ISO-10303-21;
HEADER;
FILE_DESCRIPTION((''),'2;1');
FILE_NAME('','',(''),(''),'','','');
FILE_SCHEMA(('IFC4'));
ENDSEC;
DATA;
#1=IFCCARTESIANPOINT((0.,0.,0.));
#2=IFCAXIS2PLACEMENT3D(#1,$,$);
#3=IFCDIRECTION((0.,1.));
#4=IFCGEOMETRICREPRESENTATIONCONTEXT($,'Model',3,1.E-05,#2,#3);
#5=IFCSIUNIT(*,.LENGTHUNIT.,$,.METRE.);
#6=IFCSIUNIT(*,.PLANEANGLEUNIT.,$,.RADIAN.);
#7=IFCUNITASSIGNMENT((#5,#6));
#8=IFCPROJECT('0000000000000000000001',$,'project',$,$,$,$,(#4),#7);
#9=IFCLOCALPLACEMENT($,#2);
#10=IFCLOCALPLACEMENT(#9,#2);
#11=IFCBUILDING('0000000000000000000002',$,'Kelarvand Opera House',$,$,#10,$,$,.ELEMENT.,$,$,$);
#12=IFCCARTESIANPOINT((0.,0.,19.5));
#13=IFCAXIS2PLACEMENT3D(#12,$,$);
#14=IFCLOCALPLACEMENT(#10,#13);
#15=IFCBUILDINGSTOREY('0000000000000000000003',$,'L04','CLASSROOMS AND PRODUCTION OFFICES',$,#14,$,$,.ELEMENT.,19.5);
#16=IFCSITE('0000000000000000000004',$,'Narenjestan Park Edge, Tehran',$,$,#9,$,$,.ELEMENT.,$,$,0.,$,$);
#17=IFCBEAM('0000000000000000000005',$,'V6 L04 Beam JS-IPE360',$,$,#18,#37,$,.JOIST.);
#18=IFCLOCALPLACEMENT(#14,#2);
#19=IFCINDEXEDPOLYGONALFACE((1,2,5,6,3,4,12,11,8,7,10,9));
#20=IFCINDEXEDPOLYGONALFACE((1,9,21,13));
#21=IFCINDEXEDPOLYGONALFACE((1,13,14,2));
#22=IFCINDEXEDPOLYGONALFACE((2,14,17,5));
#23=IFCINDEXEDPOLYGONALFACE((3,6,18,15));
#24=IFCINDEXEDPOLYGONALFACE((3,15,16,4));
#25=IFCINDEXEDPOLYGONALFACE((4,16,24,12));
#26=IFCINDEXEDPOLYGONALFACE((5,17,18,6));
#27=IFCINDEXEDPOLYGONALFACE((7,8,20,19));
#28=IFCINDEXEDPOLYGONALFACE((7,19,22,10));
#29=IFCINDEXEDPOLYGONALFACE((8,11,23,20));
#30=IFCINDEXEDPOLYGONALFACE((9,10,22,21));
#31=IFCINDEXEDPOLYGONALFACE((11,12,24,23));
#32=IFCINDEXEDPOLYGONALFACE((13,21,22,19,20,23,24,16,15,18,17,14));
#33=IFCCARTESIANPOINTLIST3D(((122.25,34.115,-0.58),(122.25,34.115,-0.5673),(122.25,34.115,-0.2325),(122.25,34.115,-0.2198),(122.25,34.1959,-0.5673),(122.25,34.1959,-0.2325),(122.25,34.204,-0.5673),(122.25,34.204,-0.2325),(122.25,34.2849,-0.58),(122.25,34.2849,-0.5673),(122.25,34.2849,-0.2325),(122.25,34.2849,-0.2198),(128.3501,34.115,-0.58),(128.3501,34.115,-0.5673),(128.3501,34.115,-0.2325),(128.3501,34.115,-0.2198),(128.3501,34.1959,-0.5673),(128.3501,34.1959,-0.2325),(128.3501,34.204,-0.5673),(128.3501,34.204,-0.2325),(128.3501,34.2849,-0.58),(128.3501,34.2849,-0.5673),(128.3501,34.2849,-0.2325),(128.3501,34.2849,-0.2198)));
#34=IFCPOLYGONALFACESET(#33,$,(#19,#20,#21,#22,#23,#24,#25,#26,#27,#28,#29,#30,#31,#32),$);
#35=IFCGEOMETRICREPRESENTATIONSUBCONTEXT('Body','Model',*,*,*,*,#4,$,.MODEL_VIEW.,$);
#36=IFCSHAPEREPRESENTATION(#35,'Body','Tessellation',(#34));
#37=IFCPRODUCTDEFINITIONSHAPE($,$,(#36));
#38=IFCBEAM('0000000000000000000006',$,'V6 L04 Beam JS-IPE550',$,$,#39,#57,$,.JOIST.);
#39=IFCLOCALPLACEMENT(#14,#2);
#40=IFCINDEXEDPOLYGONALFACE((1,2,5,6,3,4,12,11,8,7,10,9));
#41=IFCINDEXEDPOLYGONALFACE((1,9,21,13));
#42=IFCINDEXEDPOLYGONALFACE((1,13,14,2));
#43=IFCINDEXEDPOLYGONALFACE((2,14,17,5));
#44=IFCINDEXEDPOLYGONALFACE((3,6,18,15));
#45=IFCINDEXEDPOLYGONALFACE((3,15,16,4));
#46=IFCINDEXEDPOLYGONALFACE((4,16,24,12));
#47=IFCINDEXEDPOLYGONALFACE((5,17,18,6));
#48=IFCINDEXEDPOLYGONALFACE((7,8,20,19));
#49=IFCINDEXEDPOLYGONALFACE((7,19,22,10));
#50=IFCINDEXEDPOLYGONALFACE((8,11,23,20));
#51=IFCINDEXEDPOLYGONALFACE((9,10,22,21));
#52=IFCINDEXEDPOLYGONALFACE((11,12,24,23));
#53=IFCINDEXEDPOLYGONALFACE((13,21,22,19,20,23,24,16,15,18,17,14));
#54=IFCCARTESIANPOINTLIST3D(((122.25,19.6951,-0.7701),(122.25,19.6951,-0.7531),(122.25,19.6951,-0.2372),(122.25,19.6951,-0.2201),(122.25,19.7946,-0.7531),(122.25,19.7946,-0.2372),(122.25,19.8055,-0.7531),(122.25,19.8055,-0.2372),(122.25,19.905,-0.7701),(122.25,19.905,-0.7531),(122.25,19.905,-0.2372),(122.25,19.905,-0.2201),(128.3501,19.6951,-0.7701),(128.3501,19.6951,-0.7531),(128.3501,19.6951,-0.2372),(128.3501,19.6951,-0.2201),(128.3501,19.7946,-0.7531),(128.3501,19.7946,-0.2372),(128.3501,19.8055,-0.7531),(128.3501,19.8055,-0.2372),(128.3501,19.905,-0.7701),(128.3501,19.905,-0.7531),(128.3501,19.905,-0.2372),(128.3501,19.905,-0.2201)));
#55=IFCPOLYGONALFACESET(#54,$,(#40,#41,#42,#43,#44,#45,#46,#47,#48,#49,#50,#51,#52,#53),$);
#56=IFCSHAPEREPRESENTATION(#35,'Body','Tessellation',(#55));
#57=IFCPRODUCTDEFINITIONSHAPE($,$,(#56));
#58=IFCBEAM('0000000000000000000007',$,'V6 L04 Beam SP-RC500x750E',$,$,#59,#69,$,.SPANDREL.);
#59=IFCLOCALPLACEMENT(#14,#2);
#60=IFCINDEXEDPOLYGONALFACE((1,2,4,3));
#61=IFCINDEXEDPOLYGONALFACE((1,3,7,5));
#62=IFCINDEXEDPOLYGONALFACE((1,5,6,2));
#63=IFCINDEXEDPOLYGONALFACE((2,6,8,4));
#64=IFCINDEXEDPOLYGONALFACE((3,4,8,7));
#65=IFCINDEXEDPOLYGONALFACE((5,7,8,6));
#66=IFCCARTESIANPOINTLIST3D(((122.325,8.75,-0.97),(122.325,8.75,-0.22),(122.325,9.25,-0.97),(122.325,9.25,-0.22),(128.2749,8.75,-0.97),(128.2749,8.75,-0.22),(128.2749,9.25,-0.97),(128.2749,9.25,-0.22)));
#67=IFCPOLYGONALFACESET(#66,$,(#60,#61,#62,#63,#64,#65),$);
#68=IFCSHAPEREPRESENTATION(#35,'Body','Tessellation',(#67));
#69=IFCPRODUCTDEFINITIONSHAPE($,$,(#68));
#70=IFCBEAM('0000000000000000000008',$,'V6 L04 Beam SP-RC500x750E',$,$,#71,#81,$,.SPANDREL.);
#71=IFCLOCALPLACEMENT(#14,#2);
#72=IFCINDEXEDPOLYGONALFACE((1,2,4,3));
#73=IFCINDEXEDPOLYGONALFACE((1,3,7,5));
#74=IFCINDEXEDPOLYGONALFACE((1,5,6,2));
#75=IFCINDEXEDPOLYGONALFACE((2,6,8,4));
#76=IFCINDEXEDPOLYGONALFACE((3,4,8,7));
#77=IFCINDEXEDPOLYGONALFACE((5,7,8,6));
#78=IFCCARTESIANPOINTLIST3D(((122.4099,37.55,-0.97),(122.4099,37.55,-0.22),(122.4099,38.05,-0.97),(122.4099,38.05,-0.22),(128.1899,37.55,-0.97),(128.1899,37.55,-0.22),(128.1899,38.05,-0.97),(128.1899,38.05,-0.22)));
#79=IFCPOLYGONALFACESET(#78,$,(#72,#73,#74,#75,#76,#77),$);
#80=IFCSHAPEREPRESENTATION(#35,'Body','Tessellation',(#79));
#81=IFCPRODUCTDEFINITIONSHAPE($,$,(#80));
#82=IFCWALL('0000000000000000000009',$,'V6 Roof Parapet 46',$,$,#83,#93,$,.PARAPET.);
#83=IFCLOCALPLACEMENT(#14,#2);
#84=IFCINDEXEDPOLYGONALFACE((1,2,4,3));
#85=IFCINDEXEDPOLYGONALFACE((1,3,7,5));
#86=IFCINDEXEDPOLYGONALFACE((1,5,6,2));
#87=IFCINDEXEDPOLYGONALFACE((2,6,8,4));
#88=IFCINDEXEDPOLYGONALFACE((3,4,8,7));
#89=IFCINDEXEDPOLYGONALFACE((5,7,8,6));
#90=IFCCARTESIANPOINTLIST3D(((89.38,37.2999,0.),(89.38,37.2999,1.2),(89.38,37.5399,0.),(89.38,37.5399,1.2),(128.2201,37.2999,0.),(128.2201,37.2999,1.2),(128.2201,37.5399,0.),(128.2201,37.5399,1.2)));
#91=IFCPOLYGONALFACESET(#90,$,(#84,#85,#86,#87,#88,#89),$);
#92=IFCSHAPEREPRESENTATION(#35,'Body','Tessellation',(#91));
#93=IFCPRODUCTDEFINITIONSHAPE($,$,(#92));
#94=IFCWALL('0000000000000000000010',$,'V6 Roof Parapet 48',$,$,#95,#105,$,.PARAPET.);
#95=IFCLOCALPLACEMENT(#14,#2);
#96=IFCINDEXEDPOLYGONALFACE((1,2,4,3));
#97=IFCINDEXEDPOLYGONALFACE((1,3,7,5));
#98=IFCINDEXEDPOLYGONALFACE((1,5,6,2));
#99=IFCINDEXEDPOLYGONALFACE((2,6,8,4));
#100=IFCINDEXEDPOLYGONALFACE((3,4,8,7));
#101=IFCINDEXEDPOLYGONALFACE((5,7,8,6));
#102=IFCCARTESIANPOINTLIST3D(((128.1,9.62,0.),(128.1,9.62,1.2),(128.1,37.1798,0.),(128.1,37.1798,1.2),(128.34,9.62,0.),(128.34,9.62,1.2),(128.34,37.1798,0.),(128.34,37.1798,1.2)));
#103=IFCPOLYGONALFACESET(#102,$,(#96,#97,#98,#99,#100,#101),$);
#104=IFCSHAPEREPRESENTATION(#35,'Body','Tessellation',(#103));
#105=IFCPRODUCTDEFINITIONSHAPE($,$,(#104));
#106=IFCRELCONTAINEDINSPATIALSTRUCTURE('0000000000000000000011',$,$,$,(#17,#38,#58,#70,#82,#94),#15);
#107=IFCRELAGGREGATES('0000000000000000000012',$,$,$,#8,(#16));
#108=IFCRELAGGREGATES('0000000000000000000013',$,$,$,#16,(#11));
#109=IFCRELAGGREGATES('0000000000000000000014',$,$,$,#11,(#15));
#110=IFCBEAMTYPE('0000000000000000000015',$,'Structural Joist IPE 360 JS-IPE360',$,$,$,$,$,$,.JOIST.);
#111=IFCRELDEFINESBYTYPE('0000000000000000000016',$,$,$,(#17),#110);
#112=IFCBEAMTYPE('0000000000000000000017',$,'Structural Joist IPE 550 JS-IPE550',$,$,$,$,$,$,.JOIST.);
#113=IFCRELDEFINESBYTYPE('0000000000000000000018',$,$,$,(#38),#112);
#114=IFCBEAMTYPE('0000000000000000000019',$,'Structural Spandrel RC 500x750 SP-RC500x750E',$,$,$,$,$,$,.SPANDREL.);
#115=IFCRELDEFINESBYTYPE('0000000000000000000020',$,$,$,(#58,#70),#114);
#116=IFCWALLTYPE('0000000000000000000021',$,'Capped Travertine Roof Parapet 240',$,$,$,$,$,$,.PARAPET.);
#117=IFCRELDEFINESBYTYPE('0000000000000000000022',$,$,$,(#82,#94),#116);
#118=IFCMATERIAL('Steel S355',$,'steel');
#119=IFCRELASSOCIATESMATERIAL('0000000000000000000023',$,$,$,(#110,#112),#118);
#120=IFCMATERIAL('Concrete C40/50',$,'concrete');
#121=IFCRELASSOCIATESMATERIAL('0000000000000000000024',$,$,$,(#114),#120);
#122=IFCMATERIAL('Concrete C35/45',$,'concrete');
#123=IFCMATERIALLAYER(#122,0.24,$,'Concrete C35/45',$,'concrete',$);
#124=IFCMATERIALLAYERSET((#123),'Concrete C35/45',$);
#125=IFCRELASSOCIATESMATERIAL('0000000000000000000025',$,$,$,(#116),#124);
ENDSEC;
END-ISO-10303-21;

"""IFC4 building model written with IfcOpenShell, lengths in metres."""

from ifc_helpers import new_model, si_unit, direction, frame, frame_2d, origin, origin_2d, place, context, subcontext, project, spatial, rectangle, i_section, extrude, material, layer, layer_set, material_profile, profile_set, type_object, element, save


model = new_model("IFC4")

# Units and contexts
model_context = context("Model", 3, precision=1e-05, world=origin(), true_north=direction((0.0, 1.0)))
body_context = subcontext(model_context, "Body", "Model", "MODEL_VIEW")
ifc_project = project(units=[si_unit("LENGTHUNIT", "METRE"), si_unit("PLANEANGLEUNIT", "RADIAN")], contexts=[model_context])

# Site, building, storey
site_placement = place(None, origin())
site = spatial("IfcSite", under=ifc_project, at=site_placement, Name="Narenjestan Park Edge, Tehran", CompositionType="ELEMENT", RefElevation=0.0)
building_placement = place(site_placement, origin())
building = spatial("IfcBuilding", under=site, at=building_placement, Name="Kelarvand Opera House", CompositionType="ELEMENT")
storey_placement = place(building_placement, frame((0.0, 0.0, 19.5)))
storey = spatial("IfcBuildingStorey", under=building, at=storey_placement, Name="L04", Description="CLASSROOMS AND PRODUCTION OFFICES", CompositionType="ELEMENT", Elevation=19.5)

# Shared definitions
ifc_material_1 = material(Name="Concrete C40/50", Category="concrete")

# Beams
ifc_material_2 = material(Name="Concrete C35/45", Category="concrete")
ifc_material_3 = material(Name="Steel S355", Category="steel")
ifc_material_profile_1 = material_profile(ifc_material_3, i_section(OverallWidth=0.1699, OverallDepth=0.3601, WebThickness=0.0081, FlangeThickness=0.0127, at=origin_2d()), Name="IPE 360", Category="steel")
ifc_profile_set_1 = profile_set([ifc_material_profile_1], Name="Steel S355")
beam_type_1 = type_object("IfcBeamType", Name="Structural Joist IPE 360 JS-IPE360", PredefinedType="JOIST", material=ifc_profile_set_1)
beam_1_placement = place(storey_placement, frame((122.25, 34.2, -0.3999), z_axis=(1.0, 0.0, 0.0), x_axis=(0.0, 1.0, 0.0)))
element("IfcBeam", 1, at=beam_1_placement, inside=storey, type_object=beam_type_1, Name="V6 L04 Beam JS-IPE360", PredefinedType="JOIST", context=body_context, shape_type="SweptSolid", body=[
    extrude(i_section(OverallWidth=0.1699, OverallDepth=0.3601, WebThickness=0.0081, FlangeThickness=0.0127, at=origin_2d()), origin(), (0.0, 0.0, 1.0), 6.1001),
])
ifc_material_profile_2 = material_profile(ifc_material_3, i_section(OverallWidth=0.21, OverallDepth=0.55, WebThickness=0.011, FlangeThickness=0.0171, at=origin_2d()), Name="IPE 550", Category="steel")
ifc_profile_set_2 = profile_set([ifc_material_profile_2], Name="Steel S355")
beam_type_2 = type_object("IfcBeamType", Name="Structural Joist IPE 550 JS-IPE550", PredefinedType="JOIST", material=ifc_profile_set_2)
beam_2_placement = place(storey_placement, frame((122.25, 19.8, -0.4951), z_axis=(1.0, 0.0, 0.0), x_axis=(0.0, 1.0, 0.0)))
element("IfcBeam", 2, at=beam_2_placement, inside=storey, type_object=beam_type_2, Name="V6 L04 Beam JS-IPE550", PredefinedType="JOIST", context=body_context, shape_type="SweptSolid", body=[
    extrude(i_section(OverallWidth=0.21, OverallDepth=0.55, WebThickness=0.011, FlangeThickness=0.0171, at=origin_2d()), origin(), (0.0, 0.0, 1.0), 6.1001),
])
ifc_material_profile_3 = material_profile(ifc_material_1, rectangle(XDim=0.5, YDim=0.75, at=origin_2d()), Name="RC 500x750", Category="concrete")
ifc_profile_set_3 = profile_set([ifc_material_profile_3], Name="Concrete C40/50")
beam_type_3 = type_object("IfcBeamType", Name="Structural Spandrel RC 500x750 SP-RC500x750E", PredefinedType="SPANDREL", material=ifc_profile_set_3)
beam_3_placement = place(storey_placement, frame((122.325, 9.0, -0.595), z_axis=(1.0, 0.0, 0.0), x_axis=(0.0, 1.0, 0.0)))
element("IfcBeam", 3, at=beam_3_placement, inside=storey, type_object=beam_type_3, Name="V6 L04 Beam SP-RC500x750E", PredefinedType="SPANDREL", context=body_context, shape_type="SweptSolid", body=[
    extrude(rectangle(XDim=0.5, YDim=0.75, at=origin_2d()), origin(), (0.0, 0.0, 1.0), 5.95),
])
beam_4_placement = place(storey_placement, frame((122.4099, 37.8, -0.595), z_axis=(1.0, 0.0, 0.0), x_axis=(0.0, 1.0, 0.0)))
element("IfcBeam", 4, at=beam_4_placement, inside=storey, type_object=beam_type_3, Name="V6 L04 Beam SP-RC500x750E", PredefinedType="SPANDREL", context=body_context, shape_type="SweptSolid", body=[
    extrude(rectangle(XDim=0.5, YDim=0.75, at=origin_2d()), origin(), (0.0, 0.0, 1.0), 5.78),
])

# Walls
ifc_layer = layer(ifc_material_2, 0.24, Name="Concrete C35/45", Category="concrete")
ifc_layer_set = layer_set([ifc_layer], Name="Concrete C35/45")
wall_type = type_object("IfcWallType", Name="Capped Travertine Roof Parapet 240", PredefinedType="PARAPET", material=ifc_layer_set)
wall_1_placement = place(storey_placement, frame((128.22, 37.4199, 0.0), z_axis=(0.0, 0.0, 1.0), x_axis=(-1.0, 0.0, 0.0)))
element("IfcWall", 5, at=wall_1_placement, inside=storey, type_object=wall_type, Name="V6 Roof Parapet 46", PredefinedType="PARAPET", context=body_context, shape_type="SweptSolid", body=[
    extrude(rectangle(XDim=38.8401, YDim=0.24, at=frame_2d((19.4199, 0.0))), origin(), (0.0, 0.0, 1.0), 1.2),
])
wall_2_placement = place(storey_placement, frame((128.22, 9.6201, 0.0), z_axis=(0.0, 0.0, 1.0), x_axis=(0.0, 1.0, 0.0)))
element("IfcWall", 6, at=wall_2_placement, inside=storey, type_object=wall_type, Name="V6 Roof Parapet 48", PredefinedType="PARAPET", context=body_context, shape_type="SweptSolid", body=[
    extrude(rectangle(XDim=27.5598, YDim=0.24, at=frame_2d((13.7798, 0.0))), origin(), (0.0, 0.0, 1.0), 1.2),
])

save(model, "model.ifc")
